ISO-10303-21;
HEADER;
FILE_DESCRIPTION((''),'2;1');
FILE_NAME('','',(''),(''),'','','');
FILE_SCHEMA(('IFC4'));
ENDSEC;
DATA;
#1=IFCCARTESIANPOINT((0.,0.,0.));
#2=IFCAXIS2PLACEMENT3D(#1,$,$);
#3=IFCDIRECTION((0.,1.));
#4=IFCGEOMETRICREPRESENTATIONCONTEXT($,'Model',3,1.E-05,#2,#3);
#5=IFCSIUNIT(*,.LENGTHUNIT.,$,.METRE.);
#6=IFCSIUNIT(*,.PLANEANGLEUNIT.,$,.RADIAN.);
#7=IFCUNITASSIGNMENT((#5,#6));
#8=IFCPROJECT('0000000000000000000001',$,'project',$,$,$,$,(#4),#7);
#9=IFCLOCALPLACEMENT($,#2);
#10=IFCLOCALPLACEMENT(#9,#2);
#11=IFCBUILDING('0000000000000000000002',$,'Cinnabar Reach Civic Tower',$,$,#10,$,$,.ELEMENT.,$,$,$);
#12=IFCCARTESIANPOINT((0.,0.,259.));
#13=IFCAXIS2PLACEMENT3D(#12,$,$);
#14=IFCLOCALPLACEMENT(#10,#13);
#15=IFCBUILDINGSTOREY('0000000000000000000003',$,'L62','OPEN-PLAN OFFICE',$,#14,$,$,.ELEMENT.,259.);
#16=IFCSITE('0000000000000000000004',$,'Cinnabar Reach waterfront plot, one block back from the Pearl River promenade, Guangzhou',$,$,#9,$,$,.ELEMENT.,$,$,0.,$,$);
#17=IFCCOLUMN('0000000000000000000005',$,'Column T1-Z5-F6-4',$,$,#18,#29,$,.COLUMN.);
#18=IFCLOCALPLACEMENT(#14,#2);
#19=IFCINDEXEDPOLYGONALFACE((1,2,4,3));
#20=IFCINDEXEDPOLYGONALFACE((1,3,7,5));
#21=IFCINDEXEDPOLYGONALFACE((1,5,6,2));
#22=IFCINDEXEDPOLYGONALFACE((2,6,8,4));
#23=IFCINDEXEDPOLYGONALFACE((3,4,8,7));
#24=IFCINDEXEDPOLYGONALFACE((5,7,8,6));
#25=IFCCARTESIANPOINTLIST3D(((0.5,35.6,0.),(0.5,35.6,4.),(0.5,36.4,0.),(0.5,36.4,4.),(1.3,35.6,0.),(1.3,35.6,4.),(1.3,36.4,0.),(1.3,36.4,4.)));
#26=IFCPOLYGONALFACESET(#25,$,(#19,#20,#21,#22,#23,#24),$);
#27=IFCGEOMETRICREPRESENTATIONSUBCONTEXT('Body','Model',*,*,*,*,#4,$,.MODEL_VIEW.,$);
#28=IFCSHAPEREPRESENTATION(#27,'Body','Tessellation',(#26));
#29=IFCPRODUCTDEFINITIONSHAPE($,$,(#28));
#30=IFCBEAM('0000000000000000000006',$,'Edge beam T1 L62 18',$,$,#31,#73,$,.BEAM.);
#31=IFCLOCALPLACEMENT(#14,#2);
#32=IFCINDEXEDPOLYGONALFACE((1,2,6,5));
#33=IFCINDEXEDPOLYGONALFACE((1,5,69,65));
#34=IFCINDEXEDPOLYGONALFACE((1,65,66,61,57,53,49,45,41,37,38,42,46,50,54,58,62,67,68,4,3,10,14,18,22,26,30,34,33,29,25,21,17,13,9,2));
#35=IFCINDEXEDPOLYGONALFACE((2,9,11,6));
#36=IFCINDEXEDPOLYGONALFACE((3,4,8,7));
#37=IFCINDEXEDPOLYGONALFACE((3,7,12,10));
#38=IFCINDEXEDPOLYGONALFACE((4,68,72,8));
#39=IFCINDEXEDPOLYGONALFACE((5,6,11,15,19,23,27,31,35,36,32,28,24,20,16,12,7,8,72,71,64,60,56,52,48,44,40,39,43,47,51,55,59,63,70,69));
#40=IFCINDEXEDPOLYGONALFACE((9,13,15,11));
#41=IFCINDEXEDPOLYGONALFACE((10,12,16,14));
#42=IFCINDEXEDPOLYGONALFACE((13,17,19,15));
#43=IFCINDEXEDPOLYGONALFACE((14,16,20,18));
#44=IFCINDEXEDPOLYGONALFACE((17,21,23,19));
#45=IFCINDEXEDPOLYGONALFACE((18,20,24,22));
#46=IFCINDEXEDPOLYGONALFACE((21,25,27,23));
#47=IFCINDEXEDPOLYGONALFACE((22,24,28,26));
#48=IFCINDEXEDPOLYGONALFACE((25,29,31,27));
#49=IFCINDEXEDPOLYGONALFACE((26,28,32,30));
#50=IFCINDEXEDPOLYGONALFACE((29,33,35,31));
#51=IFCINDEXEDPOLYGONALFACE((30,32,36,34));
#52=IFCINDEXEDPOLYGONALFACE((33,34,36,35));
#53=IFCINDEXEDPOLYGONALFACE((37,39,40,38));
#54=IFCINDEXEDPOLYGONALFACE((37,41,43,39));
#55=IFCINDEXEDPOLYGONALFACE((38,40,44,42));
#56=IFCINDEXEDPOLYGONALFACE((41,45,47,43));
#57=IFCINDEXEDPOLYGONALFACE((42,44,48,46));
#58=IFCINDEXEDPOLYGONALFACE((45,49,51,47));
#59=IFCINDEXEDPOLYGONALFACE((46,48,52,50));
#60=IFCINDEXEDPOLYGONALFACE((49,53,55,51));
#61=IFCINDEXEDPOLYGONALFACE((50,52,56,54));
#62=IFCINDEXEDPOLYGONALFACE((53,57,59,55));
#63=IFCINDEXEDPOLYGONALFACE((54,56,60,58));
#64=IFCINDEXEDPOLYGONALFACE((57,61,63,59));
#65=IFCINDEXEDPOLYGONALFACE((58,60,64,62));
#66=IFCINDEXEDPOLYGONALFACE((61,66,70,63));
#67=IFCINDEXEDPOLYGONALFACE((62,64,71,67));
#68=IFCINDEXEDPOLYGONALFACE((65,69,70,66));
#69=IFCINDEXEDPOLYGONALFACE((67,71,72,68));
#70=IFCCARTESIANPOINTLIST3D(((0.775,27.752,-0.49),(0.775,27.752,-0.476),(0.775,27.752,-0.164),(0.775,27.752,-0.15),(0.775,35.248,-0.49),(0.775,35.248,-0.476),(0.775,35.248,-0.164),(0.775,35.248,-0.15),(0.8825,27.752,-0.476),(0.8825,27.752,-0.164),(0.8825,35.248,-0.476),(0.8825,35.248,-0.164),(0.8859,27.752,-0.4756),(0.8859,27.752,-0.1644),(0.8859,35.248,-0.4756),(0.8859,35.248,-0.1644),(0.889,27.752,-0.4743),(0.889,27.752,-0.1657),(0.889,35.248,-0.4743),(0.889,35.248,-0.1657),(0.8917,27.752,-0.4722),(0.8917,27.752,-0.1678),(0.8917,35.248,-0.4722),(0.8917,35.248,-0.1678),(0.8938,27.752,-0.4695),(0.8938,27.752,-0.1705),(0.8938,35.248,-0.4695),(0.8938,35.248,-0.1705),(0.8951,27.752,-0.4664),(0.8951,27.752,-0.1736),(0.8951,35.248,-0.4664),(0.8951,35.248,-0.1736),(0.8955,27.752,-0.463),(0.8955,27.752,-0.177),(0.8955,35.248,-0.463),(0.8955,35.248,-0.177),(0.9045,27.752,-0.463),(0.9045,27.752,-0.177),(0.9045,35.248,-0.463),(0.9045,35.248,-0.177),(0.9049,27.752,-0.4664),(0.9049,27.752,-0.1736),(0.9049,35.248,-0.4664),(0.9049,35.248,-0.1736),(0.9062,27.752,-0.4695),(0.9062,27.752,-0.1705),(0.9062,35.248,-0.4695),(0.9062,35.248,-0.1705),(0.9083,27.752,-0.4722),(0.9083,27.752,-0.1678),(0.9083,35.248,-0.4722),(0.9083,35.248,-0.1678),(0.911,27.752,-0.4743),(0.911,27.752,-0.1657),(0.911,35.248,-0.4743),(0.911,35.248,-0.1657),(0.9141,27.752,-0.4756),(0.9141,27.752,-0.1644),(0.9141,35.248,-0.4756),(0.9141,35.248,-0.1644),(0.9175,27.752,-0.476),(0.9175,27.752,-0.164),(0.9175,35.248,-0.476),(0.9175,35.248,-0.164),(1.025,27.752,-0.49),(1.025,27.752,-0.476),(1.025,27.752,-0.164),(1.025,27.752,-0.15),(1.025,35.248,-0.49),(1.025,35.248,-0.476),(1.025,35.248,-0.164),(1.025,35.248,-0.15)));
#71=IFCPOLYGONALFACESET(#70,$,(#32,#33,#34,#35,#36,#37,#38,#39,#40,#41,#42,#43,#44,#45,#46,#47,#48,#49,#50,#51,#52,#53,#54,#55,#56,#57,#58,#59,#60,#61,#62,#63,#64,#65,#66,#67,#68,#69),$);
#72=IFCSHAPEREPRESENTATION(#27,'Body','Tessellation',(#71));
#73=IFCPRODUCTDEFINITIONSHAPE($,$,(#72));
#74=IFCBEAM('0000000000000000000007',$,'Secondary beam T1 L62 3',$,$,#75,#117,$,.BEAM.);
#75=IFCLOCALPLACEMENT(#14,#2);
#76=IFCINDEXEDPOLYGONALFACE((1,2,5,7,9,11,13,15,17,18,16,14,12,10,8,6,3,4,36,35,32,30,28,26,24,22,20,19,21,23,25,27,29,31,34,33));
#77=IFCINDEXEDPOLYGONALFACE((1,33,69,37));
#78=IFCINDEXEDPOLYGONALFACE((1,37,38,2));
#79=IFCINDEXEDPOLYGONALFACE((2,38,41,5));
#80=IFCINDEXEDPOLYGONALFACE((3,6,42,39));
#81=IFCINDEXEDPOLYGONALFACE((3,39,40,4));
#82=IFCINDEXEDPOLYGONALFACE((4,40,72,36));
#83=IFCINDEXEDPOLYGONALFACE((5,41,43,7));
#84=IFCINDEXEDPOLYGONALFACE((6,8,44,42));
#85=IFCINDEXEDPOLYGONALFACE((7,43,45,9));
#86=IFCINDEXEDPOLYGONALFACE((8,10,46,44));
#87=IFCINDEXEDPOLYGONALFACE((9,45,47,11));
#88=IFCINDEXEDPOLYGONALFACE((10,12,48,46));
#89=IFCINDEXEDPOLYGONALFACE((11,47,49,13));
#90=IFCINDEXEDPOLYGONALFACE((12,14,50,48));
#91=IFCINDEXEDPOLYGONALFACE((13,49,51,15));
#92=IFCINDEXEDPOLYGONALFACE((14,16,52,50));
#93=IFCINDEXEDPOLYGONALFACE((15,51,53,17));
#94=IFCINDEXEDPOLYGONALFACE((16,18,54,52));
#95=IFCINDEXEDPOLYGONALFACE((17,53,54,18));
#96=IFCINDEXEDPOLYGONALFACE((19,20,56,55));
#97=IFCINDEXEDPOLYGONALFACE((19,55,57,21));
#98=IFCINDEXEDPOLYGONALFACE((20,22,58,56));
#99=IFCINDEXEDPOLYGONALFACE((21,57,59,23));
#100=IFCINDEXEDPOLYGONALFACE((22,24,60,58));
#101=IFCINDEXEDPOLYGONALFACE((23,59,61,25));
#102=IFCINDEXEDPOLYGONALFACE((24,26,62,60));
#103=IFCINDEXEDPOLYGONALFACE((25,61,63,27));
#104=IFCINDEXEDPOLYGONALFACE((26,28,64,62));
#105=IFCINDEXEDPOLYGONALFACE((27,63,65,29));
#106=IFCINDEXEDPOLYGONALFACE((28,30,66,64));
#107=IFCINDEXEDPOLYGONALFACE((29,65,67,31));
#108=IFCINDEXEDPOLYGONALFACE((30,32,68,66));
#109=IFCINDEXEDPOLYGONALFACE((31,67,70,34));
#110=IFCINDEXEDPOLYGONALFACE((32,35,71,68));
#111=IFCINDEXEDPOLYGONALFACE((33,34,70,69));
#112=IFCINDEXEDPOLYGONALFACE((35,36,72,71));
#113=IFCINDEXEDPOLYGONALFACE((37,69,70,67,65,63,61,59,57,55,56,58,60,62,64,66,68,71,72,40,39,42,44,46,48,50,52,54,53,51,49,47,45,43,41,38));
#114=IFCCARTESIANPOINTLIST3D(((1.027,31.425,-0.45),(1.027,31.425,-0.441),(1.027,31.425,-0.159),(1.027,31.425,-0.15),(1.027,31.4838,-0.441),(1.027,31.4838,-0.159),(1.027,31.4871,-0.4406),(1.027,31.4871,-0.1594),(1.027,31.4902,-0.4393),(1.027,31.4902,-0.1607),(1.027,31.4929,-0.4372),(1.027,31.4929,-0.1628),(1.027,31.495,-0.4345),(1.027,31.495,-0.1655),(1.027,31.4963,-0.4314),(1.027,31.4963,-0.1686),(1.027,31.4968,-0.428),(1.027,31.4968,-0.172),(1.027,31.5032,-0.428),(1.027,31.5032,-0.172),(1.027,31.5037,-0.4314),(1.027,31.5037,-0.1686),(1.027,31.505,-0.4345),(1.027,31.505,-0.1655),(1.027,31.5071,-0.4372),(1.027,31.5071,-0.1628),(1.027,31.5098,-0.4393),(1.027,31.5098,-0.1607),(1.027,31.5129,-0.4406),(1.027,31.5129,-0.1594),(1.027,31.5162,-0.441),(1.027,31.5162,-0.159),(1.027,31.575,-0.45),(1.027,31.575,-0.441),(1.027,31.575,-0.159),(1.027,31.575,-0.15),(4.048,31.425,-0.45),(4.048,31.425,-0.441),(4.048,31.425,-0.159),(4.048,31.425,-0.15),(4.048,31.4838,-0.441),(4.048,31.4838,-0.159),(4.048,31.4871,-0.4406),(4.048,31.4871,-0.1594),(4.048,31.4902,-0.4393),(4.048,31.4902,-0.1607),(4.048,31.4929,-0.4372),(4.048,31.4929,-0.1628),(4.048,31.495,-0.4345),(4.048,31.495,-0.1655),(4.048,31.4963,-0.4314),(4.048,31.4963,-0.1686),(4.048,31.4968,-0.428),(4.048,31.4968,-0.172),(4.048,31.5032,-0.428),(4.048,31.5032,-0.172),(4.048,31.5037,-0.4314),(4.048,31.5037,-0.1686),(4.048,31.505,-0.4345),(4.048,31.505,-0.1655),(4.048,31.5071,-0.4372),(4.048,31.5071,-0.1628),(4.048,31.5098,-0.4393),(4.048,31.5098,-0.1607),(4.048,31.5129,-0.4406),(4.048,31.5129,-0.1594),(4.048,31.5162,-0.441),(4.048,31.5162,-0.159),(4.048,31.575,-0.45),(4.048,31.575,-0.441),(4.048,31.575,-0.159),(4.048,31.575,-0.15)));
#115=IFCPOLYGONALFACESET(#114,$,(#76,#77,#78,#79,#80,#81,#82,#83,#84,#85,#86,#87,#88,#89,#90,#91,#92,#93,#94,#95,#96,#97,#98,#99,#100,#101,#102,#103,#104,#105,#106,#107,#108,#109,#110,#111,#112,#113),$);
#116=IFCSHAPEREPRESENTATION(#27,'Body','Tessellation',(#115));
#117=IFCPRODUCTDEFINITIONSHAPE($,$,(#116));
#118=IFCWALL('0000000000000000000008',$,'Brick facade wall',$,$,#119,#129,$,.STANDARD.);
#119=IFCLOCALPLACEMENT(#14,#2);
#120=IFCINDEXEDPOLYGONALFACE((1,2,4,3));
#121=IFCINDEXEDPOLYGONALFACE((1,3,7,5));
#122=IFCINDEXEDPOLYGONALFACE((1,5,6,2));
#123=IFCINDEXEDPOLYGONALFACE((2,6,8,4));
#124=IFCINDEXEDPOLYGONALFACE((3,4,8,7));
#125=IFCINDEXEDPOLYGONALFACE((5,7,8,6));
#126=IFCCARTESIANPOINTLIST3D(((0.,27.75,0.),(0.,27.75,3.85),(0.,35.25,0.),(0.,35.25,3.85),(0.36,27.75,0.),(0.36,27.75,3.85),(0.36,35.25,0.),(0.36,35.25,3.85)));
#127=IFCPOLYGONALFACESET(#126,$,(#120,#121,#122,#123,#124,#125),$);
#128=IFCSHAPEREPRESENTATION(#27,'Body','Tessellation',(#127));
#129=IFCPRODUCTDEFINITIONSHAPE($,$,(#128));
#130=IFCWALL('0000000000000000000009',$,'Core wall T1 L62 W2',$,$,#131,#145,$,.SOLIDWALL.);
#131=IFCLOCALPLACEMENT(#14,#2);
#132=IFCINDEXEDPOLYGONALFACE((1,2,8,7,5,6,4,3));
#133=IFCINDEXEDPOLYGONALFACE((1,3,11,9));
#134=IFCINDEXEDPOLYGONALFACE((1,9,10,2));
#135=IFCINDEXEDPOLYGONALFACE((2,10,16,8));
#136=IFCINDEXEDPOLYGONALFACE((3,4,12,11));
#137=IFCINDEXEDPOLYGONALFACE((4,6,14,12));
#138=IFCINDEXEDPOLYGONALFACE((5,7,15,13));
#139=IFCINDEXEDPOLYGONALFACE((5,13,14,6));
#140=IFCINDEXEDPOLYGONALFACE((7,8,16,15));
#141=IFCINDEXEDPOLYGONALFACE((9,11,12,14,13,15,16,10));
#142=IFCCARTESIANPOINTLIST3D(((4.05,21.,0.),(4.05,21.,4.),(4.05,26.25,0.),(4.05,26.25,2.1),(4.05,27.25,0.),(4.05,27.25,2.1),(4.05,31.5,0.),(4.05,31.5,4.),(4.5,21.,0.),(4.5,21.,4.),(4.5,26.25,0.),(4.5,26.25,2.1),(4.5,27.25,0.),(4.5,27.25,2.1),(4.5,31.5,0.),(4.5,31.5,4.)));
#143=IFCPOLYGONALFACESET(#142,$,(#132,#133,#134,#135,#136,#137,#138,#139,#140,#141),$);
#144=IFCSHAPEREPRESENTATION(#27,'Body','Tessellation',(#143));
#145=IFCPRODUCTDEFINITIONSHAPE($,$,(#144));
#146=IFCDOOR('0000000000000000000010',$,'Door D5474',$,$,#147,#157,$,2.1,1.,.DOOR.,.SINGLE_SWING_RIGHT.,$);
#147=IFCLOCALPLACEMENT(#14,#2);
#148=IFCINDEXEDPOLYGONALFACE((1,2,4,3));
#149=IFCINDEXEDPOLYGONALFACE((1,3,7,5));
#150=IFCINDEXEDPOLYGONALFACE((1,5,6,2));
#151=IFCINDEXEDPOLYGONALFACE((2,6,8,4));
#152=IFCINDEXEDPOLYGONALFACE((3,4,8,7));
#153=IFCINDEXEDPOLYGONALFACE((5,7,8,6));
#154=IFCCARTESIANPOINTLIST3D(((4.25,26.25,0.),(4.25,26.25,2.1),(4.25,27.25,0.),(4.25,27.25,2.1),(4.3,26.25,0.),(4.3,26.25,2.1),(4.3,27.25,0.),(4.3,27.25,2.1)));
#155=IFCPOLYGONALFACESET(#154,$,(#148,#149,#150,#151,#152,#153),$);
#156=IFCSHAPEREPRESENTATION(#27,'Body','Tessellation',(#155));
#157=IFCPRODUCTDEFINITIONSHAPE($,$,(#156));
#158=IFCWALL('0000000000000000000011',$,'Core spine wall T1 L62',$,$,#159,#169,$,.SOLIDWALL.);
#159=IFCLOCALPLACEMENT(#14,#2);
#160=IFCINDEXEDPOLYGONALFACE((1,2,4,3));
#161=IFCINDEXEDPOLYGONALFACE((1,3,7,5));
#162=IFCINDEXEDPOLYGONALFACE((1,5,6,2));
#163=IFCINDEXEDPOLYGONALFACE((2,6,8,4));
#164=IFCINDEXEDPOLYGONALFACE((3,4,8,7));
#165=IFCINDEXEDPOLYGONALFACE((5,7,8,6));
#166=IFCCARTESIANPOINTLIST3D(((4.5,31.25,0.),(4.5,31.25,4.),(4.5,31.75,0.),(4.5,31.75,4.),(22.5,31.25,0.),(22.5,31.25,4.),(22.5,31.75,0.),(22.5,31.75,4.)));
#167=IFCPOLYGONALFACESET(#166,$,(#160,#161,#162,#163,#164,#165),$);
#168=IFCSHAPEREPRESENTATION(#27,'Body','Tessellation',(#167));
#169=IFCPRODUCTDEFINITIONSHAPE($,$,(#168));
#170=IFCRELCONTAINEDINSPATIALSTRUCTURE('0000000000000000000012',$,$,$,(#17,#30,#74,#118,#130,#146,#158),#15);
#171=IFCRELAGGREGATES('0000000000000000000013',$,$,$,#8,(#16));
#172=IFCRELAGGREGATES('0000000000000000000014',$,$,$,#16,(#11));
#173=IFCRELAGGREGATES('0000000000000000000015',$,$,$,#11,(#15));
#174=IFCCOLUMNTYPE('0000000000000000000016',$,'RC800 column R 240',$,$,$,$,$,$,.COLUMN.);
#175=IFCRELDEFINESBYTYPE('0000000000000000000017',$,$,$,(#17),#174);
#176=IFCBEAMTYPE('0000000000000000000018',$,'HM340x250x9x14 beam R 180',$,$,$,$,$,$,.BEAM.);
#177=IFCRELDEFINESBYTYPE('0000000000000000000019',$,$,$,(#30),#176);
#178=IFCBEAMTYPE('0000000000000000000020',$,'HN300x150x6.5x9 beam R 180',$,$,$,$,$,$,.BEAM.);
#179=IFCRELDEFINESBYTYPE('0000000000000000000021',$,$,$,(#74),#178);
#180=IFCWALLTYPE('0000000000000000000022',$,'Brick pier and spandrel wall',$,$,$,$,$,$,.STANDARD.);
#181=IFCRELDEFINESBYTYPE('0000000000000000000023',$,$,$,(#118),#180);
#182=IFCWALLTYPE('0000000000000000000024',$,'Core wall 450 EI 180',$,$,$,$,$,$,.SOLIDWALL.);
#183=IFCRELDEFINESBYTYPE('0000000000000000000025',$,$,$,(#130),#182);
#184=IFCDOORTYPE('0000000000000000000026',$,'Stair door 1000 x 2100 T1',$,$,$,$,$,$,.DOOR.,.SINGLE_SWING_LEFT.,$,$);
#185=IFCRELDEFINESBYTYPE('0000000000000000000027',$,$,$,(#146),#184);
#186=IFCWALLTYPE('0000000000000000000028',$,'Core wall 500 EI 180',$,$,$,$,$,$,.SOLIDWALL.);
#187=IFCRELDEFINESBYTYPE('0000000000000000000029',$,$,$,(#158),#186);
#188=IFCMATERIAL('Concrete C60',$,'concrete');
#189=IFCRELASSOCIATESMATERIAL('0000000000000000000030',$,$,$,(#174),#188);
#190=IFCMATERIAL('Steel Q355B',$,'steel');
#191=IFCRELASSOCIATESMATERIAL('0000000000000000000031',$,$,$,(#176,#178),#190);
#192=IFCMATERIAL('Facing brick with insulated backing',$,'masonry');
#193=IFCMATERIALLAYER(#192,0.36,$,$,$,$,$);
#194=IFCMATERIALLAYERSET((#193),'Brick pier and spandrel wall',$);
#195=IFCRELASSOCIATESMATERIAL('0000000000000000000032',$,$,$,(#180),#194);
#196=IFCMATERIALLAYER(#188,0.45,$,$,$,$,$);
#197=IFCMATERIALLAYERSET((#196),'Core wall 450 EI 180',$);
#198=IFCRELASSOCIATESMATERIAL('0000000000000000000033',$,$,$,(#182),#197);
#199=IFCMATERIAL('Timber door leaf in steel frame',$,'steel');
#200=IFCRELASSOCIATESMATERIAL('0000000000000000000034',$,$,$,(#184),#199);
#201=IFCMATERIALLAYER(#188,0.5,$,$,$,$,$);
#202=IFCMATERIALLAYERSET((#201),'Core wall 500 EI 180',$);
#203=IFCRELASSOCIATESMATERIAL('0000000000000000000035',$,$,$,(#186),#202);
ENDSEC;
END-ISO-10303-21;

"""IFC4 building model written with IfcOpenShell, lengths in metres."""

from ifc_helpers import new_model, si_unit, direction, frame, frame_2d, origin, origin_2d, place, context, subcontext, project, spatial, rectangle, i_section, extrude, material, layer, layer_set, material_profile, profile_set, type_object, element, fill, save


model = new_model("IFC4")

# Units and contexts
model_context = context("Model", 3, precision=1e-05, world=origin(), true_north=direction((0.0, 1.0)))
body_context = subcontext(model_context, "Body", "Model", "MODEL_VIEW")
ifc_project = project(units=[si_unit("LENGTHUNIT", "METRE"), si_unit("PLANEANGLEUNIT", "RADIAN")], contexts=[model_context])

# Site, building, storey
site_placement = place(None, origin())
site = spatial("IfcSite", under=ifc_project, at=site_placement, Name="Cinnabar Reach waterfront plot, one block back from the Pearl River promenade, Guangzhou", CompositionType="ELEMENT", RefElevation=0.0)
building_placement = place(site_placement, origin())
building = spatial("IfcBuilding", under=site, at=building_placement, Name="Cinnabar Reach Civic Tower", CompositionType="ELEMENT")
storey_placement = place(building_placement, frame((0.0, 0.0, 259.0)))
storey = spatial("IfcBuildingStorey", under=building, at=storey_placement, Name="L62", Description="OPEN-PLAN OFFICE", CompositionType="ELEMENT", Elevation=259.0)

# Column
ifc_material_1 = material(Name="Concrete C60", Category="concrete")
ifc_material_profile_1 = material_profile(ifc_material_1, rectangle(XDim=0.8, YDim=0.8, at=origin_2d()), Name="RC800")
ifc_profile_set_1 = profile_set([ifc_material_profile_1], Name="Concrete C60")
column_type = type_object("IfcColumnType", Name="RC800 column R 240", PredefinedType="COLUMN", material=ifc_profile_set_1)
column_placement = place(storey_placement, frame((0.9, 36.0, 0.0), z_axis=(0.0, 0.0, 1.0), x_axis=(1.0, 0.0, 0.0)))
element("IfcColumn", 1, at=column_placement, inside=storey, type_object=column_type, Name="Column T1-Z5-F6-4", PredefinedType="COLUMN", context=body_context, shape_type="SweptSolid", body=[
    extrude(rectangle(XDim=0.8, YDim=0.8, at=origin_2d()), origin(), (0.0, 0.0, 1.0), 4.0),
])

# Beams
ifc_material_2 = material(Name="Steel Q355B", Category="steel")
ifc_material_profile_2 = material_profile(ifc_material_2, i_section(OverallWidth=0.25, OverallDepth=0.34, WebThickness=0.009, FlangeThickness=0.014, FilletRadius=0.013, at=origin_2d()), Name="HM340x250x9x14")
ifc_profile_set_2 = profile_set([ifc_material_profile_2], Name="Steel Q355B")
beam_type_1 = type_object("IfcBeamType", Name="HM340x250x9x14 beam R 180", PredefinedType="BEAM", material=ifc_profile_set_2)
beam_1_placement = place(storey_placement, frame((0.9, 35.248, -0.32), z_axis=(0.0, -1.0, 0.0), x_axis=(1.0, 0.0, 0.0)))
element("IfcBeam", 2, at=beam_1_placement, inside=storey, type_object=beam_type_1, Name="Edge beam T1 L62 18", PredefinedType="BEAM", context=body_context, shape_type="SweptSolid", body=[
    extrude(i_section(OverallWidth=0.25, OverallDepth=0.34, WebThickness=0.009, FlangeThickness=0.014, FilletRadius=0.013, at=origin_2d()), origin(), (0.0, 0.0, 1.0), 7.496),
])
ifc_material_profile_3 = material_profile(ifc_material_2, i_section(OverallWidth=0.15, OverallDepth=0.3, WebThickness=0.0065, FlangeThickness=0.009, FilletRadius=0.013, at=origin_2d()), Name="HN300x150x6.5x9")
ifc_profile_set_3 = profile_set([ifc_material_profile_3], Name="Steel Q355B")
beam_type_2 = type_object("IfcBeamType", Name="HN300x150x6.5x9 beam R 180", PredefinedType="BEAM", material=ifc_profile_set_3)
beam_2_placement = place(storey_placement, frame((1.027, 31.5, -0.3), z_axis=(1.0, 0.0, 0.0), x_axis=(0.0, 1.0, 0.0)))
element("IfcBeam", 3, at=beam_2_placement, inside=storey, type_object=beam_type_2, Name="Secondary beam T1 L62 3", PredefinedType="BEAM", context=body_context, shape_type="SweptSolid", body=[
    extrude(i_section(OverallWidth=0.15, OverallDepth=0.3, WebThickness=0.0065, FlangeThickness=0.009, FilletRadius=0.013, at=origin_2d()), origin(), (0.0, 0.0, 1.0), 3.021),
])

# Wall
ifc_material_3 = material(Name="Facing brick with insulated backing", Category="masonry")
ifc_layer_1 = layer(ifc_material_3, 0.36)
ifc_layer_set_1 = layer_set([ifc_layer_1], Name="Brick pier and spandrel wall")
wall_type_1 = type_object("IfcWallType", Name="Brick pier and spandrel wall", PredefinedType="STANDARD", material=ifc_layer_set_1)
wall_1_placement = place(storey_placement, frame((0.18, 35.25, 0.0), z_axis=(0.0, 0.0, 1.0), x_axis=(0.0, -1.0, 0.0)))
element("IfcWall", 4, at=wall_1_placement, inside=storey, type_object=wall_type_1, Name="Brick facade wall", PredefinedType="STANDARD", context=body_context, shape_type="SweptSolid", body=[
    extrude(rectangle(XDim=7.5, YDim=0.36, at=frame_2d((3.75, 0.0))), origin(), (0.0, 0.0, 1.0), 3.85),
])

# Wall, opening, door
ifc_layer_2 = layer(ifc_material_1, 0.45)
ifc_layer_set_2 = layer_set([ifc_layer_2], Name="Core wall 450 EI 180")
wall_type_2 = type_object("IfcWallType", Name="Core wall 450 EI 180", PredefinedType="SOLIDWALL", material=ifc_layer_set_2)
wall_2_placement = place(storey_placement, frame((4.275, 31.5, 0.0), z_axis=(0.0, 0.0, 1.0), x_axis=(0.0, -1.0, 0.0)))
wall_2 = element("IfcWall", 5, at=wall_2_placement, inside=storey, type_object=wall_type_2, Name="Core wall T1 L62 W2", PredefinedType="SOLIDWALL", context=body_context, shape_type="SweptSolid", body=[
    extrude(rectangle(XDim=10.5, YDim=0.45, at=frame_2d((5.25, 0.0))), origin(), (0.0, 0.0, 1.0), 4.0),
])
opening_1_placement = place(wall_2_placement, frame((4.25, 0.0, 0.0)))
opening_1 = element("IfcOpeningElement", 6, at=opening_1_placement, cuts=wall_2, PredefinedType="OPENING", context=body_context, shape_type="SweptSolid", body=[
    extrude(rectangle(XDim=1.0, YDim=2.1, at=frame_2d((0.5, 1.05))), frame((0.0, 0.235, 0.0), z_axis=(0.0, -1.0, 0.0), x_axis=(1.0, 0.0, 0.0)), (0.0, 0.0, 1.0), 0.47),
])
ifc_material_4 = material(Name="Timber door leaf in steel frame", Category="steel")
door_type_1 = type_object("IfcDoorType", Name="Stair door 1000 x 2100 T1", OperationType="SINGLE_SWING_LEFT", PredefinedType="DOOR", material=ifc_material_4)
door_1_placement = place(opening_1_placement, frame((1.0, 0.0, 0.0), z_axis=(0.0, 0.0, 1.0), x_axis=(-1.0, 0.0, 0.0)))
door_1 = element("IfcDoor", 7, at=door_1_placement, inside=storey, type_object=door_type_1, Name="Door D5474", OperationType="SINGLE_SWING_RIGHT", OverallHeight=2.1, OverallWidth=1.0, PredefinedType="DOOR", context=body_context, shape_type="SweptSolid", body=[
    extrude(rectangle(XDim=1.0, YDim=2.1, at=frame_2d((0.5, 1.05))), frame((0.0, 0.025, 0.0), z_axis=(0.0, -1.0, 0.0), x_axis=(1.0, 0.0, 0.0)), (0.0, 0.0, 1.0), 0.05),
])
fill(opening_1, door_1)

# Wall
ifc_layer_3 = layer(ifc_material_1, 0.5)
ifc_layer_set_3 = layer_set([ifc_layer_3], Name="Core wall 500 EI 180")
wall_type_3 = type_object("IfcWallType", Name="Core wall 500 EI 180", PredefinedType="SOLIDWALL", material=ifc_layer_set_3)
wall_3_placement = place(storey_placement, frame((4.5, 31.5, 0.0), z_axis=(0.0, 0.0, 1.0), x_axis=(1.0, 0.0, 0.0)))
element("IfcWall", 8, at=wall_3_placement, inside=storey, type_object=wall_type_3, Name="Core spine wall T1 L62", PredefinedType="SOLIDWALL", context=body_context, shape_type="SweptSolid", body=[
    extrude(rectangle(XDim=18.0, YDim=0.5, at=frame_2d((9.0, 0.0))), origin(), (0.0, 0.0, 1.0), 4.0),
])

save(model, "model.ifc")
